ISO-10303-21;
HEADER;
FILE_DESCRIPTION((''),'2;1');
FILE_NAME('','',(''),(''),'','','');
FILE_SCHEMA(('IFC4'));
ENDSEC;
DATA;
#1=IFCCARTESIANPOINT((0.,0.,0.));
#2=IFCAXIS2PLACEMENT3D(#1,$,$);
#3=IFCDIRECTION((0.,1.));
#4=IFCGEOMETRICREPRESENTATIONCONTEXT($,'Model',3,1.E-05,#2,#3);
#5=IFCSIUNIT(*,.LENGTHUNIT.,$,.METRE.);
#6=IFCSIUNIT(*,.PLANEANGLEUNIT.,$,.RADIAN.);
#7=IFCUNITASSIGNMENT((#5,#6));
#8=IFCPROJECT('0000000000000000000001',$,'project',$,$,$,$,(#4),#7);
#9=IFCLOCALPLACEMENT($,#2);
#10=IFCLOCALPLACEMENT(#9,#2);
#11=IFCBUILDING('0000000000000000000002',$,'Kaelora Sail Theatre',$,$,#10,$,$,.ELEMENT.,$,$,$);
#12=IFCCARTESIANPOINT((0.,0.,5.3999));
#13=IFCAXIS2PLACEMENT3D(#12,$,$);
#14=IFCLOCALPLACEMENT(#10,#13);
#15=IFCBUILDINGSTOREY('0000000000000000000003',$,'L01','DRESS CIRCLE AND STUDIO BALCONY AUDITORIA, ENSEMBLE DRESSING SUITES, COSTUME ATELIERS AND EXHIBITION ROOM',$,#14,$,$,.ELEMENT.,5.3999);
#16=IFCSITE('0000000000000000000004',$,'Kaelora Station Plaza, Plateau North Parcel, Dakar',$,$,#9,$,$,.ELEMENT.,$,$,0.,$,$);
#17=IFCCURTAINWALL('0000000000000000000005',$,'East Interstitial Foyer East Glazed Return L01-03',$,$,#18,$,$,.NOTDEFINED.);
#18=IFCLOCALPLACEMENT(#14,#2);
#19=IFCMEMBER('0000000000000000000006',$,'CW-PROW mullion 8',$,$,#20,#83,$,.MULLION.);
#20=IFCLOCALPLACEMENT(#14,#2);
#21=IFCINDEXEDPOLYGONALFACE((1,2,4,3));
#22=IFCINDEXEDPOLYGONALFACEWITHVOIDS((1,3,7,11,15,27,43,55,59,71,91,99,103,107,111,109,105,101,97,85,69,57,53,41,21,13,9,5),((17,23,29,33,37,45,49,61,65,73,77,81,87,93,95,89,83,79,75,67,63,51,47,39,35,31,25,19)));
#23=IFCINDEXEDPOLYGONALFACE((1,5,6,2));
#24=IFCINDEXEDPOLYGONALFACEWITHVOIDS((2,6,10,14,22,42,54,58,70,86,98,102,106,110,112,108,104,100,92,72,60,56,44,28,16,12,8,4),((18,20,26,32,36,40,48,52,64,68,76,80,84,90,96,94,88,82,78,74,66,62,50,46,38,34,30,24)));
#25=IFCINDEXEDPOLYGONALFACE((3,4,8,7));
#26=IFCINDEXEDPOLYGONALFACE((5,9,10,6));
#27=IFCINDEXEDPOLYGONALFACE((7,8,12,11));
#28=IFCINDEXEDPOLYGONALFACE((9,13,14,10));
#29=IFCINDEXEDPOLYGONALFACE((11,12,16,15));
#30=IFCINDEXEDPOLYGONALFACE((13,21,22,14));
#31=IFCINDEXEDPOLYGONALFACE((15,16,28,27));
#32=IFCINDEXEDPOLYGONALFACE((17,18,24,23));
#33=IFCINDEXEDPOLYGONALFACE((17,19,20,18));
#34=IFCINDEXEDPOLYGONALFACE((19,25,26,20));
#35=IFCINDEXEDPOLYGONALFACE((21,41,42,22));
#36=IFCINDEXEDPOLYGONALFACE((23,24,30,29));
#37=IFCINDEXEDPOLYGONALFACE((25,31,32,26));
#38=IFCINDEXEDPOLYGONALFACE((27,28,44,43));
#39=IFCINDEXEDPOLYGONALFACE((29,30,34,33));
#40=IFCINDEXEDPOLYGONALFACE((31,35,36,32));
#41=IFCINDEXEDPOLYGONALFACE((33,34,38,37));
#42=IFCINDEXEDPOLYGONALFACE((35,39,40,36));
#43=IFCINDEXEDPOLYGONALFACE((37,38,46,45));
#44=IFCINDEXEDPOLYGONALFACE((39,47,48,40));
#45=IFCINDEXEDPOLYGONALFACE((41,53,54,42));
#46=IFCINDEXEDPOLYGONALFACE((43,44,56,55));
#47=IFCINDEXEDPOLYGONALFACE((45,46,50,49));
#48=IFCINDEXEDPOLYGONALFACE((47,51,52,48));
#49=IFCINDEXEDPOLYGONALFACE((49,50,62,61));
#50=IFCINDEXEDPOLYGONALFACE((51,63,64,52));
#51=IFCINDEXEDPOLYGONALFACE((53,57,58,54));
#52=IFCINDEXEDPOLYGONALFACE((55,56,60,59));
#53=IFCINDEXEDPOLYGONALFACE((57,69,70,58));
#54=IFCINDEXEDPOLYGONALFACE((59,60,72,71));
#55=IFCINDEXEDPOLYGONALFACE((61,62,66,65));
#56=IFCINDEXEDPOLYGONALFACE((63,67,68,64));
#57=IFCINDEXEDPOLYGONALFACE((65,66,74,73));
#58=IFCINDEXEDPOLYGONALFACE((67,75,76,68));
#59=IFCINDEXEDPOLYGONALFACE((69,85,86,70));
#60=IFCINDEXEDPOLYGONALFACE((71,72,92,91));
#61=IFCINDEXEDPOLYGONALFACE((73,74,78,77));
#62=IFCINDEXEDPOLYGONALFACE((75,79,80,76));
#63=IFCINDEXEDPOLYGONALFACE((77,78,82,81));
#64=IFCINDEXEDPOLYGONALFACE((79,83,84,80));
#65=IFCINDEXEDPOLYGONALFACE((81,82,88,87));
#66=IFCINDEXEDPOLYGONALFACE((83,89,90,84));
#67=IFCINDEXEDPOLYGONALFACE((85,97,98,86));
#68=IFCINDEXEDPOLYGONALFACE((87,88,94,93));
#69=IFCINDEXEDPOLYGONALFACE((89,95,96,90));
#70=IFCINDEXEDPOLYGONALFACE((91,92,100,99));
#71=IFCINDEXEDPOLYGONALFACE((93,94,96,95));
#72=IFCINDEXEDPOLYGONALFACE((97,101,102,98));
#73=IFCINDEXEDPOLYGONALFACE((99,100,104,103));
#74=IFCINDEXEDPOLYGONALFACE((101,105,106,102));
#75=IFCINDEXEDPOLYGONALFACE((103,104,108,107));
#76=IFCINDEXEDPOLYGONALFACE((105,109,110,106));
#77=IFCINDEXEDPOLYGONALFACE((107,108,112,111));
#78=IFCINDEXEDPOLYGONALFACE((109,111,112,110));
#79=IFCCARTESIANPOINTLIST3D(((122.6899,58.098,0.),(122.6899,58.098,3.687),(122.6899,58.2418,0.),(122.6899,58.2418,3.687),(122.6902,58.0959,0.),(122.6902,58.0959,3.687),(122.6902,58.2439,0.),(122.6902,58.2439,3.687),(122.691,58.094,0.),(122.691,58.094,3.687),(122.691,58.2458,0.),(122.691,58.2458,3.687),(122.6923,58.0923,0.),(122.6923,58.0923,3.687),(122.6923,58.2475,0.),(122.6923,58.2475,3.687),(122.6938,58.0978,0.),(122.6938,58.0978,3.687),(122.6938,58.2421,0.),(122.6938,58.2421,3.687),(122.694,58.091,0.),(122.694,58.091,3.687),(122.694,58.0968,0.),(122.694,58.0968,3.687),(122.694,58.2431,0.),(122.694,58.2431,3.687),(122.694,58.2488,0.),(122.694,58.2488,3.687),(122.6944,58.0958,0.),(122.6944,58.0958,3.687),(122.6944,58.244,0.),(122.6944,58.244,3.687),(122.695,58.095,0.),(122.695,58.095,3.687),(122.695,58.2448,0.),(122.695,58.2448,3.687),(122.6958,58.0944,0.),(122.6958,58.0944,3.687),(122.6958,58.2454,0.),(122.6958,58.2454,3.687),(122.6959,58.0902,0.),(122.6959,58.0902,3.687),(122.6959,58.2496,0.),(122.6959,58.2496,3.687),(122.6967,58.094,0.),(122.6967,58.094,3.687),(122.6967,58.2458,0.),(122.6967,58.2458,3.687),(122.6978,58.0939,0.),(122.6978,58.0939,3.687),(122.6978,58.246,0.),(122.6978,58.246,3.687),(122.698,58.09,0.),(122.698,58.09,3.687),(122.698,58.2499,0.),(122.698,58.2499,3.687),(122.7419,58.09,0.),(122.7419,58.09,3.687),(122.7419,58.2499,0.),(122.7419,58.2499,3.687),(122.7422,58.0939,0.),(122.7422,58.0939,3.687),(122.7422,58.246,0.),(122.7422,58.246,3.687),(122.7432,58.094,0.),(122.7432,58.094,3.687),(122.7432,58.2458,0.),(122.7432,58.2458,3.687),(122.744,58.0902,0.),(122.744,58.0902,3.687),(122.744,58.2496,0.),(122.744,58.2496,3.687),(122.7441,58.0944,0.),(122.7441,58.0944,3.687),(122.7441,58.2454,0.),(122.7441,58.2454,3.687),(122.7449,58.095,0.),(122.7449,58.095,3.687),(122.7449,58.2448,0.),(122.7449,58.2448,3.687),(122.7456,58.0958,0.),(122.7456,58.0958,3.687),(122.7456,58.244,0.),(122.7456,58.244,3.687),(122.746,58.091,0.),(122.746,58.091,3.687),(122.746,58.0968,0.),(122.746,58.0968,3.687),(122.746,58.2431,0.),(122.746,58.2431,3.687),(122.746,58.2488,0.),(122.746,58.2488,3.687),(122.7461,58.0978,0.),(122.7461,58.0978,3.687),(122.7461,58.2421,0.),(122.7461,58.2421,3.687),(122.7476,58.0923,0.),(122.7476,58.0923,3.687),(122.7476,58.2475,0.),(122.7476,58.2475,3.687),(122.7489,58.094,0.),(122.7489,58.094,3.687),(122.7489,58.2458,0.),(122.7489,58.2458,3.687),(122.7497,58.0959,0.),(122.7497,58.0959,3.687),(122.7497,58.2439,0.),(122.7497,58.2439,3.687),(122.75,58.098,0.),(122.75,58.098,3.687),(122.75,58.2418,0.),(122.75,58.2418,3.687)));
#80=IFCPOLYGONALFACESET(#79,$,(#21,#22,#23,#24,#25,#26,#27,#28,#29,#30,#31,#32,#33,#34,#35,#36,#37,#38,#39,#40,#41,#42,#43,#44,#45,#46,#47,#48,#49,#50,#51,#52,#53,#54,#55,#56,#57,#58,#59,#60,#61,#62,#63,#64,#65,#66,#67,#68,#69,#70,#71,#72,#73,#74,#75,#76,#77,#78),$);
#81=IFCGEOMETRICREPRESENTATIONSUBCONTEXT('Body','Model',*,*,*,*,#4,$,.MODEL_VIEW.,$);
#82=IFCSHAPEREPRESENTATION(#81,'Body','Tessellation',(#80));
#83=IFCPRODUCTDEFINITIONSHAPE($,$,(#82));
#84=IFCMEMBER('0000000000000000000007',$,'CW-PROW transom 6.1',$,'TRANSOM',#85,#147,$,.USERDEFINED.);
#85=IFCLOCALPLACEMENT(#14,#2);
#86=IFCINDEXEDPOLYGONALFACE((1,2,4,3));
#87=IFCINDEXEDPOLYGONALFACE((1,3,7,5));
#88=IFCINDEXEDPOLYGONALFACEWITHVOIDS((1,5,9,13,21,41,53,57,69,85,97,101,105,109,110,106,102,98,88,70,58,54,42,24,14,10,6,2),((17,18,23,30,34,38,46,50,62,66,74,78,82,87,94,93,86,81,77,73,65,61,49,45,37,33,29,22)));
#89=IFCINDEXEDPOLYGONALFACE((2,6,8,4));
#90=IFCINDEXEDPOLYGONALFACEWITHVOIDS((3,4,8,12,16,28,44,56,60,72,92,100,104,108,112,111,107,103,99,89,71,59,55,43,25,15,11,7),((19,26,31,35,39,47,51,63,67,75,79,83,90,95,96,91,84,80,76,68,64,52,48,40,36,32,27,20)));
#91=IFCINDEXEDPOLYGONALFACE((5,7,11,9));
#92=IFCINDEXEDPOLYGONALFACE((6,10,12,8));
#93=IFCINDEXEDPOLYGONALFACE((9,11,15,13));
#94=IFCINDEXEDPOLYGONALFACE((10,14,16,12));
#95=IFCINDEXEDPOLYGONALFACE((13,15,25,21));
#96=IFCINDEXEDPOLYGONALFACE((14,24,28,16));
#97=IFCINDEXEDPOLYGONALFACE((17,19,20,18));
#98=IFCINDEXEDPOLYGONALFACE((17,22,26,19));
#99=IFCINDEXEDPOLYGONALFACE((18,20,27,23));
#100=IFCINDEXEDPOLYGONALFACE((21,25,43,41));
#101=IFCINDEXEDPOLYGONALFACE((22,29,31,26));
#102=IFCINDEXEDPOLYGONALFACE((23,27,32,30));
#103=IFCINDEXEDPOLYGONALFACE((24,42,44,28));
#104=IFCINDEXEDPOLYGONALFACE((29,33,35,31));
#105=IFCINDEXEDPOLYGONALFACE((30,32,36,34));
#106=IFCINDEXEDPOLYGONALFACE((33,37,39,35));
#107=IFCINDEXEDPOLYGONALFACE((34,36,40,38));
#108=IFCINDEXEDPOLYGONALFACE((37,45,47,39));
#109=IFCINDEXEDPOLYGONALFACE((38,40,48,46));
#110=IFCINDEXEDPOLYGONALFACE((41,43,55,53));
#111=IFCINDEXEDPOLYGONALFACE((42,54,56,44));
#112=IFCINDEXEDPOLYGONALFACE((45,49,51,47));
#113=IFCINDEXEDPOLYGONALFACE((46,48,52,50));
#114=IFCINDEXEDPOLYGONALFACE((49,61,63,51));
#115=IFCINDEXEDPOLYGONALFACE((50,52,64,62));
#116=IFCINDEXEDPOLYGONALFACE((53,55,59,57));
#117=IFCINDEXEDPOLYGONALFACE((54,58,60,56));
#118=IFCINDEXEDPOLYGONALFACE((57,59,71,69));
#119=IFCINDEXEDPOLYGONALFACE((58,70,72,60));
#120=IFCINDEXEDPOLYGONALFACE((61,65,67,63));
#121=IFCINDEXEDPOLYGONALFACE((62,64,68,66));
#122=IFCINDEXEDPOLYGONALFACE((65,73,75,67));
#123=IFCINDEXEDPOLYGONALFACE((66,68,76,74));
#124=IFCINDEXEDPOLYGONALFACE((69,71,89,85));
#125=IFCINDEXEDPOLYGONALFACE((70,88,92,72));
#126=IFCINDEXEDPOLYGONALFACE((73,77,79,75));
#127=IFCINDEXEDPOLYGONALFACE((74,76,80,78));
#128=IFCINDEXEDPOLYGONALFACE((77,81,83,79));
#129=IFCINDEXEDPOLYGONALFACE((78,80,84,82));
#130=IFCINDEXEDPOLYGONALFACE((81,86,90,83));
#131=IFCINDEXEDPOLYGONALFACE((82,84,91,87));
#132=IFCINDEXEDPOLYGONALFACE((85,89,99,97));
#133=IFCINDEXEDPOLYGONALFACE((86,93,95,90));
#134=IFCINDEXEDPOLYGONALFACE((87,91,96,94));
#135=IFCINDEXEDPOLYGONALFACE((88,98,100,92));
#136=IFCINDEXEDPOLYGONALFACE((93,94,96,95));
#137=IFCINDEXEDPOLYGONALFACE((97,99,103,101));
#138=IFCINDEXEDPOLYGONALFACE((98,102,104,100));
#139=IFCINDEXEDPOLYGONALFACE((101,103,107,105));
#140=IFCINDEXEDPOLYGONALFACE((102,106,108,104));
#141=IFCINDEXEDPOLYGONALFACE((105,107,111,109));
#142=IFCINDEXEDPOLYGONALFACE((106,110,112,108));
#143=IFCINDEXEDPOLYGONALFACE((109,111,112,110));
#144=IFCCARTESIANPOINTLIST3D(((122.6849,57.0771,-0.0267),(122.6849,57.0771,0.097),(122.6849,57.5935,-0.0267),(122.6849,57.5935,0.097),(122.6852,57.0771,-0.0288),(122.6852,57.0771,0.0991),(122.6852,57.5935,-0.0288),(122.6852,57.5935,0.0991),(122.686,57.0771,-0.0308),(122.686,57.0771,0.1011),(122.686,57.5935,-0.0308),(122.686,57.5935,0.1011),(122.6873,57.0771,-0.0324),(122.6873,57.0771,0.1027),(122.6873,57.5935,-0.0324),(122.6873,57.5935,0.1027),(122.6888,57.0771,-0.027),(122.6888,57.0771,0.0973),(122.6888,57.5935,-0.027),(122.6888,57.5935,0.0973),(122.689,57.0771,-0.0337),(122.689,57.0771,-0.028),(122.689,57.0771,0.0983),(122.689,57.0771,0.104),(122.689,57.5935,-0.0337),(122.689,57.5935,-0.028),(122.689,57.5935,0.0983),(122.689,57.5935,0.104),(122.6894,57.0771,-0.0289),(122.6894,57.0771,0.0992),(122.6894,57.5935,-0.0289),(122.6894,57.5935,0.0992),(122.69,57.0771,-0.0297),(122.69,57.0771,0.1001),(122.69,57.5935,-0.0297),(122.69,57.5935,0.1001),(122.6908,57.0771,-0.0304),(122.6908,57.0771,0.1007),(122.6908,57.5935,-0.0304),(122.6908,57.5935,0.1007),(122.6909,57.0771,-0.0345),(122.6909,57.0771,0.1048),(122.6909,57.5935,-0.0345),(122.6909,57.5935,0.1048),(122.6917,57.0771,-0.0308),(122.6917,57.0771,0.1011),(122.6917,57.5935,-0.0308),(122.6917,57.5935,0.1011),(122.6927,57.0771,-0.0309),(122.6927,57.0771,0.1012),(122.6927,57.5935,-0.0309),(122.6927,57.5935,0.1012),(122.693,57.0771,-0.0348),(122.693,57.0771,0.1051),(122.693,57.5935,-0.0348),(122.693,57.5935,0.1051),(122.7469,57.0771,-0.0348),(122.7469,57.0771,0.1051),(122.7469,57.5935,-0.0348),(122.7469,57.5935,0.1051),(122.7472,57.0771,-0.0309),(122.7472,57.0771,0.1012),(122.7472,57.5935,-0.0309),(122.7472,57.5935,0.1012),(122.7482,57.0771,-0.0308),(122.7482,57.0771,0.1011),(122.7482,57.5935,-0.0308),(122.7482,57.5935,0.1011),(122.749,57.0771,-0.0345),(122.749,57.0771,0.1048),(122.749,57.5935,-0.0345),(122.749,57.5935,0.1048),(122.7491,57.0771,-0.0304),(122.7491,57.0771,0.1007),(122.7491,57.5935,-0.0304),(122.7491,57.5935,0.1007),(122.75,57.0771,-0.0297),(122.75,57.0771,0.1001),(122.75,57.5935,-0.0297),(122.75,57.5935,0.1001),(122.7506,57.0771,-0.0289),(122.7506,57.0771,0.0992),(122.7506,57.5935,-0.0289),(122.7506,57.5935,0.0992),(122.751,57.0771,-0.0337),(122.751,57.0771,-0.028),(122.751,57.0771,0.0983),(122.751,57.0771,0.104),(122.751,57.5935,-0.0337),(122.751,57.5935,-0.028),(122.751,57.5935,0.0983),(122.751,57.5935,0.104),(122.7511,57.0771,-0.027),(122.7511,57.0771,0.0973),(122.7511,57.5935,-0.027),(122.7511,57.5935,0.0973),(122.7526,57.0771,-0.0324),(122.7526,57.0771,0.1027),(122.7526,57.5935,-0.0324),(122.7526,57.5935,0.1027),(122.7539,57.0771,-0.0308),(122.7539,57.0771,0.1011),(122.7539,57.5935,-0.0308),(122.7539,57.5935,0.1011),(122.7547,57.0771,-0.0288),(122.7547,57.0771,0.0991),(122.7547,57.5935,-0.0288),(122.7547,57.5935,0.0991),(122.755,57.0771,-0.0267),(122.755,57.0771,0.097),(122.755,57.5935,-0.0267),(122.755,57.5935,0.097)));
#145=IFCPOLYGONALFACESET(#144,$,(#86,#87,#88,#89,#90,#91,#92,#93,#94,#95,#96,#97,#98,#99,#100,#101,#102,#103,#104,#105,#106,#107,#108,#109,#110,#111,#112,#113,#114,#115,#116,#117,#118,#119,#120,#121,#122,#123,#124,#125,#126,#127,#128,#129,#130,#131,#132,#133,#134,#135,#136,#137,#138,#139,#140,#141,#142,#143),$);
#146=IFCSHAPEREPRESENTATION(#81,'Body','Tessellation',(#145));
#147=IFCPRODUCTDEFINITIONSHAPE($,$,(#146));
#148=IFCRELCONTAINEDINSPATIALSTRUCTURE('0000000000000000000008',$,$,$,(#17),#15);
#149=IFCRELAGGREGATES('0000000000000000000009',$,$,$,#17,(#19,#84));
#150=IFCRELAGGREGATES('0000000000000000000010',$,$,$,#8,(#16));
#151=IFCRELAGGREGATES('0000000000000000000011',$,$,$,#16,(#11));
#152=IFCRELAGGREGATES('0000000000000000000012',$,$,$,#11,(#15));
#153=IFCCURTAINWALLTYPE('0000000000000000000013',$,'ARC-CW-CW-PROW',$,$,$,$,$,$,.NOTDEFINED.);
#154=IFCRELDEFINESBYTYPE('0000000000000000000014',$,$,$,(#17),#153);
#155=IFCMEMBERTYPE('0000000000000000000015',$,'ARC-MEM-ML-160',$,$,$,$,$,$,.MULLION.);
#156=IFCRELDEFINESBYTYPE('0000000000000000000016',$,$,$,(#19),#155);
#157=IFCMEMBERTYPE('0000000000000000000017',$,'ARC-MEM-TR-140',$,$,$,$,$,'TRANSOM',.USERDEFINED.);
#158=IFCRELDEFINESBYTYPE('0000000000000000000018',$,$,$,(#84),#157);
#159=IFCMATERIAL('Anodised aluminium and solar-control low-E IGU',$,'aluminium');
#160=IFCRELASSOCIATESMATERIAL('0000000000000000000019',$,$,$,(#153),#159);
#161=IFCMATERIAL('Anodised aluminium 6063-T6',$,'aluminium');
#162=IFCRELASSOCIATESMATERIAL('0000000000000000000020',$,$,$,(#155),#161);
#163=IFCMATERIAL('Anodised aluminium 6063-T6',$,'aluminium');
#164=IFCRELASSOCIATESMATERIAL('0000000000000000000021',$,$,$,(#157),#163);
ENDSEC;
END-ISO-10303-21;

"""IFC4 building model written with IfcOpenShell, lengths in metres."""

from ifc_helpers import new_model, si_unit, direction, frame, origin, origin_2d, place, context, subcontext, project, spatial, hollow_rectangle, extrude, material, material_profile, profile_set, type_object, element, aggregate, save


model = new_model("IFC4")

# Units and contexts
model_context = context("Model", 3, precision=1e-05, world=origin(), true_north=direction((0.0, 1.0)))
body_context = subcontext(model_context, "Body", "Model", "MODEL_VIEW")
ifc_project = project(units=[si_unit("LENGTHUNIT", "METRE"), si_unit("PLANEANGLEUNIT", "RADIAN")], contexts=[model_context])

# Site, building, storey
site_placement = place(None, origin())
site = spatial("IfcSite", under=ifc_project, at=site_placement, Name="Kaelora Station Plaza, Plateau North Parcel, Dakar", CompositionType="ELEMENT", RefElevation=0.0)
building_placement = place(site_placement, origin())
building = spatial("IfcBuilding", under=site, at=building_placement, Name="Kaelora Sail Theatre", CompositionType="ELEMENT")
storey_placement = place(building_placement, frame((0.0, 0.0, 5.3999)))
storey = spatial("IfcBuildingStorey", under=building, at=storey_placement, Name="L01", Description="DRESS CIRCLE AND STUDIO BALCONY AUDITORIA, ENSEMBLE DRESSING SUITES, COSTUME ATELIERS AND EXHIBITION ROOM", CompositionType="ELEMENT", Elevation=5.3999)

# Curtain wall, members
ifc_material_1 = material(Name="Anodised aluminium and solar-control low-E IGU", Category="aluminium")
curtain_wall_type = type_object("IfcCurtainWallType", Name="ARC-CW-CW-PROW", PredefinedType="NOTDEFINED", material=ifc_material_1)
curtain_wall_placement = place(storey_placement, origin())
curtain_wall = element("IfcCurtainWall", 1, at=curtain_wall_placement, inside=storey, type_object=curtain_wall_type, Name="East Interstitial Foyer East Glazed Return L01-03", PredefinedType="NOTDEFINED")
ifc_material_2 = material(Name="Anodised aluminium 6063-T6", Category="aluminium")
ifc_material_profile_1 = material_profile(ifc_material_2, hollow_rectangle(XDim=0.0601, YDim=0.1599, WallThickness=0.0039, InnerFilletRadius=0.0039, OuterFilletRadius=0.0081, at=origin_2d()), Name="ALU-MULL 60x160x4")
ifc_profile_set_1 = profile_set([ifc_material_profile_1], Name="Anodised aluminium 6063-T6")
member_type_1 = type_object("IfcMemberType", Name="ARC-MEM-ML-160", PredefinedType="MULLION", material=ifc_profile_set_1)
member_1_placement = place(storey_placement, frame((122.72, 58.1699, 0.0), z_axis=(0.0, 0.0, 1.0), x_axis=(-1.0, 0.0, 0.0)))
member_1 = element("IfcMember", 2, at=member_1_placement, type_object=member_type_1, Name="CW-PROW mullion 8", PredefinedType="MULLION", context=body_context, shape_type="SweptSolid", body=[
    extrude(hollow_rectangle(XDim=0.0601, YDim=0.1599, WallThickness=0.0039, InnerFilletRadius=0.0039, OuterFilletRadius=0.0081, at=origin_2d()), origin(), (0.0, 0.0, 1.0), 3.687),
])
ifc_material_3 = material(Name="Anodised aluminium 6063-T6", Category="aluminium")
ifc_material_profile_2 = material_profile(ifc_material_3, hollow_rectangle(XDim=0.0701, YDim=0.1399, WallThickness=0.0039, InnerFilletRadius=0.0039, OuterFilletRadius=0.0081, at=origin_2d()), Name="ALU-TRAN 70x140x4")
ifc_profile_set_2 = profile_set([ifc_material_profile_2], Name="Anodised aluminium 6063-T6")
member_type_2 = type_object("IfcMemberType", Name="ARC-MEM-TR-140", ElementType="TRANSOM", PredefinedType="USERDEFINED", material=ifc_profile_set_2)
member_2_placement = place(storey_placement, frame((122.72, 57.0771, 0.0352), z_axis=(0.0, 1.0, 0.0), x_axis=(-1.0, 0.0, 0.0)))
member_2 = element("IfcMember", 3, at=member_2_placement, type_object=member_type_2, Name="CW-PROW transom 6.1", ObjectType="TRANSOM", PredefinedType="USERDEFINED", context=body_context, shape_type="SweptSolid", body=[
    extrude(hollow_rectangle(XDim=0.0701, YDim=0.1399, WallThickness=0.0039, InnerFilletRadius=0.0039, OuterFilletRadius=0.0081, at=origin_2d()), origin(), (0.0, 0.0, 1.0), 0.5164),
])

aggregate(curtain_wall, [member_1, member_2])

save(model, "model.ifc")
